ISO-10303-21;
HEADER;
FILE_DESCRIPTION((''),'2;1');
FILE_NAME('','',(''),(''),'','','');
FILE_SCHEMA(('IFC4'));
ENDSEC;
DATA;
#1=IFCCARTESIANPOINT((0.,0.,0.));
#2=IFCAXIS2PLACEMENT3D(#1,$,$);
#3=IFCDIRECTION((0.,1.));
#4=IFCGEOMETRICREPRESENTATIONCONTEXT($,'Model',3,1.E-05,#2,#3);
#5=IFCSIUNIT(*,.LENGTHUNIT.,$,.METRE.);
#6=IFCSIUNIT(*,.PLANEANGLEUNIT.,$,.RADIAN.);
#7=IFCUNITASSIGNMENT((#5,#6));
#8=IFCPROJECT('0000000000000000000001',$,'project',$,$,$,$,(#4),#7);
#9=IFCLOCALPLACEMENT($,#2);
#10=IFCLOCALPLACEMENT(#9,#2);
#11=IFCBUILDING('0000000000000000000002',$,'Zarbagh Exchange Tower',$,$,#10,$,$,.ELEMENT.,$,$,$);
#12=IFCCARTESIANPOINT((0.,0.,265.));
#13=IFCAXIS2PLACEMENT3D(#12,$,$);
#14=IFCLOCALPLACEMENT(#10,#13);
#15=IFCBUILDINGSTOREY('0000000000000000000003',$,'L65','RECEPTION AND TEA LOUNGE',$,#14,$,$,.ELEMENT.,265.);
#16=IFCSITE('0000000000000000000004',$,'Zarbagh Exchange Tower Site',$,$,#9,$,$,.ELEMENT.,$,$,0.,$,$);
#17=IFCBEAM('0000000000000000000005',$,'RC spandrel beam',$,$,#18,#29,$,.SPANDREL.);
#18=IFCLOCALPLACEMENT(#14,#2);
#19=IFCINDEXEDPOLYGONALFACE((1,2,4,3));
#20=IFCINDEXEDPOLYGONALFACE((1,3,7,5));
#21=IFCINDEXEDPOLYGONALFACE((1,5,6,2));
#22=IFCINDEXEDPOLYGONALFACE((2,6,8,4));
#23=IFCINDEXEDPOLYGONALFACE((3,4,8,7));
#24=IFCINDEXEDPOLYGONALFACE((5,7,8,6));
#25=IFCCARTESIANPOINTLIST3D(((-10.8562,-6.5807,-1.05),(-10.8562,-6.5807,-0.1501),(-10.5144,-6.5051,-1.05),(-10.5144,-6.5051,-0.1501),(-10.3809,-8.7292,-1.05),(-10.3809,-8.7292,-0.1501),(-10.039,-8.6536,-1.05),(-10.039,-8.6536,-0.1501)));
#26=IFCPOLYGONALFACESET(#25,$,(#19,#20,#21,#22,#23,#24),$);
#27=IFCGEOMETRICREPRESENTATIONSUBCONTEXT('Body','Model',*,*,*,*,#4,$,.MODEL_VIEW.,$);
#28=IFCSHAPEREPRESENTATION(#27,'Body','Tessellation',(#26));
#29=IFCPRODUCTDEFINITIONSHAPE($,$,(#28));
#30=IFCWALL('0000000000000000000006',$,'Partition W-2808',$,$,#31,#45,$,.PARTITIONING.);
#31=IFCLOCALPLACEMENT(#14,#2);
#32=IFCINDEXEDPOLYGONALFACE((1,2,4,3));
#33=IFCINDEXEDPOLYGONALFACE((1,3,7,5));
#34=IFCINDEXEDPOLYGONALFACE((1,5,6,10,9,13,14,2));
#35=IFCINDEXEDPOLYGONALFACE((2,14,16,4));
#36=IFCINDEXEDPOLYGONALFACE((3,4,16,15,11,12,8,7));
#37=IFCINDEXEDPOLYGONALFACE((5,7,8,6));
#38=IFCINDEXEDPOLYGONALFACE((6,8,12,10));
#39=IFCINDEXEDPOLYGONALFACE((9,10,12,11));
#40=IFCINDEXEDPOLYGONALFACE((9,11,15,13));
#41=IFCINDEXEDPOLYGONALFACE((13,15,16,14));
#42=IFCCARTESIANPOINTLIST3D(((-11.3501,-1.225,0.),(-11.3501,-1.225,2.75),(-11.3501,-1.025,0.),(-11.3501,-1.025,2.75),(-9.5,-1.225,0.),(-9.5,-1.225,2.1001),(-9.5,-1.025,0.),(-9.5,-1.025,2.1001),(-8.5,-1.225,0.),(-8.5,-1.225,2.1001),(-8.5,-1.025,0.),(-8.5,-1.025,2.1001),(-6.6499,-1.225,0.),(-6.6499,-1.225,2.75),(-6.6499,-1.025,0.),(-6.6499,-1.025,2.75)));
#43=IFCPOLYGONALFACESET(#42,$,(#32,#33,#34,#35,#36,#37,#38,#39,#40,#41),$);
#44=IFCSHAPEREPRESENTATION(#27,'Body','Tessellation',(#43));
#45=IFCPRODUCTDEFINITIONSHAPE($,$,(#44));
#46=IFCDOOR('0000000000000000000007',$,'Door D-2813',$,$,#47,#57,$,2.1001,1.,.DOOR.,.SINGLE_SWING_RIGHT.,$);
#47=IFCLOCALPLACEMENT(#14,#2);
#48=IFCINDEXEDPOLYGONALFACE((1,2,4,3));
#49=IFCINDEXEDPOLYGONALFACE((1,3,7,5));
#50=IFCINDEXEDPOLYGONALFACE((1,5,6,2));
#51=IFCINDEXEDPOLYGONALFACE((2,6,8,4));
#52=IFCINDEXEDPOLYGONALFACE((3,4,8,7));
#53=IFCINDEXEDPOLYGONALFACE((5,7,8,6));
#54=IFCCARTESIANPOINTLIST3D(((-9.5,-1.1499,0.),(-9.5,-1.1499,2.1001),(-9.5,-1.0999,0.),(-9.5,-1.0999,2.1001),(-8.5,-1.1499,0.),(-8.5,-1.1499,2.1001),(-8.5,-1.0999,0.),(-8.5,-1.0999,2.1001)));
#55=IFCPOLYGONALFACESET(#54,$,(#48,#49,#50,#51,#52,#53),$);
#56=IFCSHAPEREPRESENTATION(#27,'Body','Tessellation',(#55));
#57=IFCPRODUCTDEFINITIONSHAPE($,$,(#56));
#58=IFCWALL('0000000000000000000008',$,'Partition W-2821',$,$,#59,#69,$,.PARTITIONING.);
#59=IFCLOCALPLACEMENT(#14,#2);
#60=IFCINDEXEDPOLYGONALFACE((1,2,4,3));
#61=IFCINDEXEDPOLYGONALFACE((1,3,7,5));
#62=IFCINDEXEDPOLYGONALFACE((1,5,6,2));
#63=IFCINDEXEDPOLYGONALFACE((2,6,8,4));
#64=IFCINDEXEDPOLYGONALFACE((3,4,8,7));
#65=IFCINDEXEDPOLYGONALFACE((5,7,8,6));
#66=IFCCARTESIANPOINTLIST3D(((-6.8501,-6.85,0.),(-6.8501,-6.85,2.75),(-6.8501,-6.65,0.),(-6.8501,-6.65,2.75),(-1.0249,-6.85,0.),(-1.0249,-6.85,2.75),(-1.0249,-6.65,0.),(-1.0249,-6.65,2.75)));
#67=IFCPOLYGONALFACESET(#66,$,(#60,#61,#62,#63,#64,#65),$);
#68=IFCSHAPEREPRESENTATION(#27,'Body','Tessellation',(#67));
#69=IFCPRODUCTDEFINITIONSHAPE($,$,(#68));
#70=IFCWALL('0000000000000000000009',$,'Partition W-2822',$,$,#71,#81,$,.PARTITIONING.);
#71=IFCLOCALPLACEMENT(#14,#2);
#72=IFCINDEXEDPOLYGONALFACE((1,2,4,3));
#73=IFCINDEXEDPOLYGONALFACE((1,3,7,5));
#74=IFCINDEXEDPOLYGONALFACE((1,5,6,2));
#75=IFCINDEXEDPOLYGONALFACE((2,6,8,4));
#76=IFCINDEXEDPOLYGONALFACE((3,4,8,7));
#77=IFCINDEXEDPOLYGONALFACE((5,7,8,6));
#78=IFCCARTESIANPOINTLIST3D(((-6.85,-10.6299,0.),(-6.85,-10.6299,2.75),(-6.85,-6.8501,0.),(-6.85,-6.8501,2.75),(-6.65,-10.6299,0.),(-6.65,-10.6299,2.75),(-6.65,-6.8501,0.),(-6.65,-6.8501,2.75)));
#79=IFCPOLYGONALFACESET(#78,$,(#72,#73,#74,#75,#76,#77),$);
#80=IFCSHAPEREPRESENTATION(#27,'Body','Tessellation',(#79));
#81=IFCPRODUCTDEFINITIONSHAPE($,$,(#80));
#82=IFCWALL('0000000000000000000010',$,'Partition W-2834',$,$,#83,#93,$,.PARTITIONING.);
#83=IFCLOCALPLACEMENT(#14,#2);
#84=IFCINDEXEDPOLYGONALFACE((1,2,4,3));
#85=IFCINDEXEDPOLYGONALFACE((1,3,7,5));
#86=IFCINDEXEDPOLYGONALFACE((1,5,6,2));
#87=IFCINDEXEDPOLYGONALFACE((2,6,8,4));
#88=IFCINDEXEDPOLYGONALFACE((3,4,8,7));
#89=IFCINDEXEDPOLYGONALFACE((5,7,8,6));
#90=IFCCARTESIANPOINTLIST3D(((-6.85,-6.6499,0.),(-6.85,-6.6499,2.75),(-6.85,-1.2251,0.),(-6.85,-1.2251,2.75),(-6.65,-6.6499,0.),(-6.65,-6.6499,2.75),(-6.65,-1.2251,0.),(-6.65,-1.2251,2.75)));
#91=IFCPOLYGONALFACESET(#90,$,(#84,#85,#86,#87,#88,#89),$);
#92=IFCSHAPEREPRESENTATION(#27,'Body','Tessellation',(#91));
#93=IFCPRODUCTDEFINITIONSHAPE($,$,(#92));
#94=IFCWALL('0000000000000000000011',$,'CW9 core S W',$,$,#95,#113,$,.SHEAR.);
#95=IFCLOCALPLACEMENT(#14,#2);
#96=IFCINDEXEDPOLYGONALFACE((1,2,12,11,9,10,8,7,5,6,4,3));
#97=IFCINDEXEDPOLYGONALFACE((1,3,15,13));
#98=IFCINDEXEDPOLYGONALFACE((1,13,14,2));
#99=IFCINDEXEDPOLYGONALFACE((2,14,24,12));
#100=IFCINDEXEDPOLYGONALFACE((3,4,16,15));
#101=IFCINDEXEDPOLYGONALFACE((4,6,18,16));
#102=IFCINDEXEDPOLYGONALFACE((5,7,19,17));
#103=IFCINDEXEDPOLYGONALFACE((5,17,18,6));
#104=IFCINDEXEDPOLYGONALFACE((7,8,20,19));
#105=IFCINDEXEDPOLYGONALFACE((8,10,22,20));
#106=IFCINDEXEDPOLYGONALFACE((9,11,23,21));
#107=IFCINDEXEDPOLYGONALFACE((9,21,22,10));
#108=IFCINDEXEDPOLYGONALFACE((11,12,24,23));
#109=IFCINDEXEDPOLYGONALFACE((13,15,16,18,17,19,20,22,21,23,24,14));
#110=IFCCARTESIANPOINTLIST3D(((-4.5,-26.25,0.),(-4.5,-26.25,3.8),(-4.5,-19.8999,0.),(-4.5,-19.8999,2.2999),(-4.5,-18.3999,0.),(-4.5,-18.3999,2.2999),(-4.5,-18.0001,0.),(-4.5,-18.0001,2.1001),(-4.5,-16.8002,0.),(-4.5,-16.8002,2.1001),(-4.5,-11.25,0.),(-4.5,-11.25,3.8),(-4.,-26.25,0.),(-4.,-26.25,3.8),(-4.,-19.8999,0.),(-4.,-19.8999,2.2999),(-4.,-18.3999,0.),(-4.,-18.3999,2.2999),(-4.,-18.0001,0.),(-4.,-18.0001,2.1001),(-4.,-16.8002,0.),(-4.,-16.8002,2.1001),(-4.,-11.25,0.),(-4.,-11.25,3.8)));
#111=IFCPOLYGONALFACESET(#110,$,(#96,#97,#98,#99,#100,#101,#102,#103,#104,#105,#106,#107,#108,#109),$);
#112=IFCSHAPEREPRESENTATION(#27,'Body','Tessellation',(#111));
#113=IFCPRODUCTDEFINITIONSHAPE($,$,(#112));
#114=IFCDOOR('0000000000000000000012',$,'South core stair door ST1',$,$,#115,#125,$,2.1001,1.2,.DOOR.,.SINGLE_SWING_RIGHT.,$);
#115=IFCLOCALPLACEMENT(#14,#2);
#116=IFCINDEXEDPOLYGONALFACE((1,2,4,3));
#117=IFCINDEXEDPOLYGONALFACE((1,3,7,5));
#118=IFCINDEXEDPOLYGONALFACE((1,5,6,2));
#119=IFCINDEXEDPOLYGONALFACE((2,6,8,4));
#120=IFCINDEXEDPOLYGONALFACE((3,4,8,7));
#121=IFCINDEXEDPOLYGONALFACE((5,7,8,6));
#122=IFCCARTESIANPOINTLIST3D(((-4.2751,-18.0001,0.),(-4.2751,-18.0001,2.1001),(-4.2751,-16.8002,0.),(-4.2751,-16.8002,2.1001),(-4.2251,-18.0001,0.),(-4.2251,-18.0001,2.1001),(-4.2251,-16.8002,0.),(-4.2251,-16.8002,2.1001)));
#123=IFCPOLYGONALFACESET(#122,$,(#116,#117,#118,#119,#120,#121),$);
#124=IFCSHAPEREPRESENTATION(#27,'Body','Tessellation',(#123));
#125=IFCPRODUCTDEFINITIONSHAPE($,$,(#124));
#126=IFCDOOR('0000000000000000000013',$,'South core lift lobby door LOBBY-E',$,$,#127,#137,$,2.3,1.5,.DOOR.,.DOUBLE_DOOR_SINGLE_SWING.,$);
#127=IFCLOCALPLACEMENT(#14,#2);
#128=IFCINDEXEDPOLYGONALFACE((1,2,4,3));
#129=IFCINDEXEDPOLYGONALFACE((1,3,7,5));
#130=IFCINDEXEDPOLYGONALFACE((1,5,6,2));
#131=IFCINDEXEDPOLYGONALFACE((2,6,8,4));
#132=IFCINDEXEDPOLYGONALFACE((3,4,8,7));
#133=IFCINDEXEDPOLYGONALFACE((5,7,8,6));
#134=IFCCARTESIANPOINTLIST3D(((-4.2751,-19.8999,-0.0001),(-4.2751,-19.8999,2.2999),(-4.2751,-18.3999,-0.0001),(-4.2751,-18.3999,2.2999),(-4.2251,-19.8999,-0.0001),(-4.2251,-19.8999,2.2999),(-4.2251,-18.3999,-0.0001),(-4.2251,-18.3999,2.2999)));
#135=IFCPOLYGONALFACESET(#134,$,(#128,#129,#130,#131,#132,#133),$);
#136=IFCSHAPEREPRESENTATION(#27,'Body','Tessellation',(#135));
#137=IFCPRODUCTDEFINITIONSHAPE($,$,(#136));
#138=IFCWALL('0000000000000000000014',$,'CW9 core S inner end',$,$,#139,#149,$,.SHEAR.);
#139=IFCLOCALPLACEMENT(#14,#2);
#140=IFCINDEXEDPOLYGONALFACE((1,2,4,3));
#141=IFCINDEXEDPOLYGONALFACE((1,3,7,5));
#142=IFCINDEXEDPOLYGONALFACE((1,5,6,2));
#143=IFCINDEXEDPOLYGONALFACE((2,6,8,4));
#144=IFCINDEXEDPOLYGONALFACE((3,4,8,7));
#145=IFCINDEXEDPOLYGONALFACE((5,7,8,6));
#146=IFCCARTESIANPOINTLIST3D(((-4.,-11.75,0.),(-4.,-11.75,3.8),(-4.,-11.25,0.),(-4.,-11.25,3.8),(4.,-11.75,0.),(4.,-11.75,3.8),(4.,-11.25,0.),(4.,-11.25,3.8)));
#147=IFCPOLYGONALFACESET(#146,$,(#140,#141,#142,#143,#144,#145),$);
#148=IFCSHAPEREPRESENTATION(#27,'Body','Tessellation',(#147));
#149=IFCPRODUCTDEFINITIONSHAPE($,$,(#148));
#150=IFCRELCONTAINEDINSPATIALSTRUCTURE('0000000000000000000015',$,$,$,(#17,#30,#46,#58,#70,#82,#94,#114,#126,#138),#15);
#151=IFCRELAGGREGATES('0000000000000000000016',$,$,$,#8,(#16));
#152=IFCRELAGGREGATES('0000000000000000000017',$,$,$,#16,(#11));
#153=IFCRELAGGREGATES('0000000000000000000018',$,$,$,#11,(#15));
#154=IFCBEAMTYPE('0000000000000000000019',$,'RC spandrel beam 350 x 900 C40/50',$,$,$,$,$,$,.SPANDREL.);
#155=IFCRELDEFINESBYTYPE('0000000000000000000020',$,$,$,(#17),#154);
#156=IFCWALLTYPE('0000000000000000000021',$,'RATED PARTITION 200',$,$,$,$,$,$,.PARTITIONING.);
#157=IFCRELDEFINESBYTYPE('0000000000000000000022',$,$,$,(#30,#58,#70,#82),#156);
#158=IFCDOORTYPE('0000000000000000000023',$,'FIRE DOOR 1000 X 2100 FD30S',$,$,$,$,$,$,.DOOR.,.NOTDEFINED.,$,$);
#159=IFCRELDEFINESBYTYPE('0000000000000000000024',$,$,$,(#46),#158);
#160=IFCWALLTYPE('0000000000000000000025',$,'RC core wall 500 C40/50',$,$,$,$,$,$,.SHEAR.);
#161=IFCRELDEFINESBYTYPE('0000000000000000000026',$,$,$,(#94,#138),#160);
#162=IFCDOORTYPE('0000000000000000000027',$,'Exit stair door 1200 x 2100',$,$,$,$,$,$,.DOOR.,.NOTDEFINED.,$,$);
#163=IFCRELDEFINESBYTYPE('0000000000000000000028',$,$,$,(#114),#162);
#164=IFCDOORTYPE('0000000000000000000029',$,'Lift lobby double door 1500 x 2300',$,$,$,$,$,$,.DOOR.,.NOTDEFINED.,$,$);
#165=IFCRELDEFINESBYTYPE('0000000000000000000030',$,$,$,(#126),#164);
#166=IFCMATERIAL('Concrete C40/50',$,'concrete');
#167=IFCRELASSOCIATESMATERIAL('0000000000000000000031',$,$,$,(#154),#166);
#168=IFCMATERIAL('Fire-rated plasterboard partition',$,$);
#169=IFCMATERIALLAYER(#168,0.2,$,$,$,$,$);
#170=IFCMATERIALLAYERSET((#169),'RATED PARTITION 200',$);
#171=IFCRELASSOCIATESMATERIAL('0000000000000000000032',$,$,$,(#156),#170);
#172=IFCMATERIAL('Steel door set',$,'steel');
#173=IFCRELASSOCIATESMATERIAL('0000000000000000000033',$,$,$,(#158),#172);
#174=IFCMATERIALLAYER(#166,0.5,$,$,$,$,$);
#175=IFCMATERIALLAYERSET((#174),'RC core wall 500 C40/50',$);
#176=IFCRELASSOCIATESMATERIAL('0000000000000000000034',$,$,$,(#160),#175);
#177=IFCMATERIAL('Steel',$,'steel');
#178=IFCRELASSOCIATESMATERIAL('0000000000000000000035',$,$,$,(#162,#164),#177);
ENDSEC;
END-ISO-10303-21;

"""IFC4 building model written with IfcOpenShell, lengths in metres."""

from ifc_helpers import new_model, si_unit, direction, frame, frame_2d, origin, origin_2d, place, context, subcontext, project, spatial, rectangle, extrude, material, layer, layer_set, material_profile, profile_set, type_object, element, fill, save


model = new_model("IFC4")

# Units and contexts
model_context = context("Model", 3, precision=1e-05, world=origin(), true_north=direction((0.0, 1.0)))
body_context = subcontext(model_context, "Body", "Model", "MODEL_VIEW")
ifc_project = project(units=[si_unit("LENGTHUNIT", "METRE"), si_unit("PLANEANGLEUNIT", "RADIAN")], contexts=[model_context])

# Site, building, storey
site_placement = place(None, origin())
site = spatial("IfcSite", under=ifc_project, at=site_placement, Name="Zarbagh Exchange Tower Site", CompositionType="ELEMENT", RefElevation=0.0)
building_placement = place(site_placement, origin())
building = spatial("IfcBuilding", under=site, at=building_placement, Name="Zarbagh Exchange Tower", CompositionType="ELEMENT")
storey_placement = place(building_placement, frame((0.0, 0.0, 265.0)))
storey = spatial("IfcBuildingStorey", under=building, at=storey_placement, Name="L65", Description="RECEPTION AND TEA LOUNGE", CompositionType="ELEMENT", Elevation=265.0)

# Shared definitions
ifc_material_1 = material(Name="Concrete C40/50", Category="concrete")

# Beam
ifc_material_profile_1 = material_profile(ifc_material_1, rectangle(XDim=0.3501, YDim=0.8999, at=origin_2d()), Name="RC spandrel beam 350 x 900 C40/50")
ifc_profile_set_1 = profile_set([ifc_material_profile_1], Name="Concrete C40/50")
beam_type_1 = type_object("IfcBeamType", Name="RC spandrel beam 350 x 900 C40/50", PredefinedType="SPANDREL", material=ifc_profile_set_1)
beam_1_placement = place(storey_placement, frame((-10.21, -8.6914, -0.6001), z_axis=(-0.216026, 0.976388, 0.0), x_axis=(-0.976388, -0.216026, 0.0)))
element("IfcBeam", 1, at=beam_1_placement, inside=storey, type_object=beam_type_1, Name="RC spandrel beam", PredefinedType="SPANDREL", context=body_context, shape_type="SweptSolid", body=[
    extrude(rectangle(XDim=0.3501, YDim=0.8999, at=origin_2d()), origin(), (0.0, 0.0, 1.0), 2.2004),
])

# Wall, opening, door
ifc_material_2 = material(Name="Fire-rated plasterboard partition")
ifc_layer_1 = layer(ifc_material_2, 0.2)
ifc_layer_set_1 = layer_set([ifc_layer_1], Name="RATED PARTITION 200")
wall_type_1 = type_object("IfcWallType", Name="RATED PARTITION 200", PredefinedType="PARTITIONING", material=ifc_layer_set_1)
wall_1_placement = place(storey_placement, frame((-6.6499, -1.125, 0.0), z_axis=(0.0, 0.0, 1.0), x_axis=(-1.0, 0.0, 0.0)))
wall_1 = element("IfcWall", 2, at=wall_1_placement, inside=storey, type_object=wall_type_1, Name="Partition W-2808", PredefinedType="PARTITIONING", context=body_context, shape_type="SweptSolid", body=[
    extrude(rectangle(XDim=4.7002, YDim=0.2, at=frame_2d((2.3501, 0.0))), origin(), (0.0, 0.0, 1.0), 2.75),
])
opening_1_placement = place(wall_1_placement, frame((1.8501, 0.0, 0.0)))
opening_1 = element("IfcOpeningElement", 3, at=opening_1_placement, cuts=wall_1, PredefinedType="OPENING", context=body_context, shape_type="SweptSolid", body=[
    extrude(rectangle(XDim=1.0, YDim=2.1001, at=frame_2d((0.5, 1.05))), frame((0.0, 0.1099, 0.0), z_axis=(0.0, -1.0, 0.0), x_axis=(1.0, 0.0, 0.0)), (0.0, 0.0, 1.0), 0.22),
])
ifc_material_3 = material(Name="Steel door set", Category="steel")
door_type_1 = type_object("IfcDoorType", Name="FIRE DOOR 1000 X 2100 FD30S", OperationType="NOTDEFINED", PredefinedType="DOOR", material=ifc_material_3)
door_1_placement = place(opening_1_placement, origin())
door_1 = element("IfcDoor", 4, at=door_1_placement, inside=storey, type_object=door_type_1, Name="Door D-2813", OperationType="SINGLE_SWING_RIGHT", OverallHeight=2.1001, OverallWidth=1.0, PredefinedType="DOOR", context=body_context, shape_type="SweptSolid", body=[
    extrude(rectangle(XDim=1.0, YDim=2.1001, at=frame_2d((0.5, 1.05))), frame((0.0, 0.0249, 0.0), z_axis=(0.0, -1.0, 0.0), x_axis=(1.0, 0.0, 0.0)), (0.0, 0.0, 1.0), 0.05),
])
fill(opening_1, door_1)

# Walls
wall_2_placement = place(storey_placement, frame((-6.8501, -6.75, 0.0), z_axis=(0.0, 0.0, 1.0), x_axis=(1.0, 0.0, 0.0)))
element("IfcWall", 5, at=wall_2_placement, inside=storey, type_object=wall_type_1, Name="Partition W-2821", PredefinedType="PARTITIONING", context=body_context, shape_type="SweptSolid", body=[
    extrude(rectangle(XDim=5.8252, YDim=0.2, at=frame_2d((2.9126, 0.0))), origin(), (0.0, 0.0, 1.0), 2.75),
])
wall_3_placement = place(storey_placement, frame((-6.75, -10.6299, 0.0), z_axis=(0.0, 0.0, 1.0), x_axis=(0.0, 1.0, 0.0)))
element("IfcWall", 6, at=wall_3_placement, inside=storey, type_object=wall_type_1, Name="Partition W-2822", PredefinedType="PARTITIONING", context=body_context, shape_type="SweptSolid", body=[
    extrude(rectangle(XDim=3.7798, YDim=0.2, at=frame_2d((1.8899, 0.0))), origin(), (0.0, 0.0, 1.0), 2.75),
])
wall_4_placement = place(storey_placement, frame((-6.75, -6.6499, 0.0), z_axis=(0.0, 0.0, 1.0), x_axis=(0.0, 1.0, 0.0)))
element("IfcWall", 7, at=wall_4_placement, inside=storey, type_object=wall_type_1, Name="Partition W-2834", PredefinedType="PARTITIONING", context=body_context, shape_type="SweptSolid", body=[
    extrude(rectangle(XDim=5.4248, YDim=0.2, at=frame_2d((2.7124, 0.0))), origin(), (0.0, 0.0, 1.0), 2.75),
])

# Wall, openings, doors
ifc_layer_2 = layer(ifc_material_1, 0.5)
ifc_layer_set_2 = layer_set([ifc_layer_2], Name="RC core wall 500 C40/50")
wall_type_2 = type_object("IfcWallType", Name="RC core wall 500 C40/50", PredefinedType="SHEAR", material=ifc_layer_set_2)
wall_5_placement = place(storey_placement, frame((-4.25, -11.25, 0.0), z_axis=(0.0, 0.0, 1.0), x_axis=(0.0, -1.0, 0.0)))
wall_5 = element("IfcWall", 8, at=wall_5_placement, inside=storey, type_object=wall_type_2, Name="CW9 core S W", PredefinedType="SHEAR", context=body_context, shape_type="SweptSolid", body=[
    extrude(rectangle(XDim=15.0, YDim=0.5, at=frame_2d((7.5, 0.0))), origin(), (0.0, 0.0, 1.0), 3.8),
])
opening_2_placement = place(wall_5_placement, frame((7.1499, 0.0, 0.0)))
opening_2 = element("IfcOpeningElement", 9, at=opening_2_placement, cuts=wall_5, PredefinedType="OPENING", context=body_context, shape_type="SweptSolid", body=[
    extrude(rectangle(XDim=1.5, YDim=2.3, at=frame_2d((0.75, 1.1499))), frame((0.0, 0.26, 0.0), z_axis=(0.0, -1.0, 0.0), x_axis=(1.0, 0.0, 0.0)), (0.0, 0.0, 1.0), 0.52),
])
opening_3_placement = place(wall_5_placement, frame((5.55, 0.0, 0.0)))
opening_3 = element("IfcOpeningElement", 10, at=opening_3_placement, cuts=wall_5, PredefinedType="OPENING", context=body_context, shape_type="SweptSolid", body=[
    extrude(rectangle(XDim=1.2, YDim=2.1001, at=frame_2d((0.6001, 1.05))), frame((0.0, 0.26, 0.0), z_axis=(0.0, -1.0, 0.0), x_axis=(1.0, 0.0, 0.0)), (0.0, 0.0, 1.0), 0.52),
])
ifc_material_4 = material(Name="Steel", Category="steel")
door_type_2 = type_object("IfcDoorType", Name="Exit stair door 1200 x 2100", OperationType="NOTDEFINED", PredefinedType="DOOR", material=ifc_material_4)
door_2_placement = place(opening_3_placement, origin())
door_2 = element("IfcDoor", 11, at=door_2_placement, inside=storey, type_object=door_type_2, Name="South core stair door ST1", OperationType="SINGLE_SWING_RIGHT", OverallHeight=2.1001, OverallWidth=1.2, PredefinedType="DOOR", context=body_context, shape_type="SweptSolid", body=[
    extrude(rectangle(XDim=1.2, YDim=2.1001, at=frame_2d((0.6001, 1.05))), frame((0.0, 0.0249, 0.0), z_axis=(0.0, -1.0, 0.0), x_axis=(1.0, 0.0, 0.0)), (0.0, 0.0, 1.0), 0.05),
])
fill(opening_3, door_2)
door_type_3 = type_object("IfcDoorType", Name="Lift lobby double door 1500 x 2300", OperationType="NOTDEFINED", PredefinedType="DOOR", material=ifc_material_4)
door_3_placement = place(opening_2_placement, origin())
door_3 = element("IfcDoor", 12, at=door_3_placement, inside=storey, type_object=door_type_3, Name="South core lift lobby door LOBBY-E", OperationType="DOUBLE_DOOR_SINGLE_SWING", OverallHeight=2.3, OverallWidth=1.5, PredefinedType="DOOR", context=body_context, shape_type="SweptSolid", body=[
    extrude(rectangle(XDim=1.5, YDim=2.3, at=frame_2d((0.75, 1.1499))), frame((0.0, 0.0249, 0.0), z_axis=(0.0, -1.0, 0.0), x_axis=(1.0, 0.0, 0.0)), (0.0, 0.0, 1.0), 0.05),
])
fill(opening_2, door_3)

# Wall
wall_6_placement = place(storey_placement, frame((-4.0, -11.5, 0.0), z_axis=(0.0, 0.0, 1.0), x_axis=(1.0, 0.0, 0.0)))
element("IfcWall", 13, at=wall_6_placement, inside=storey, type_object=wall_type_2, Name="CW9 core S inner end", PredefinedType="SHEAR", context=body_context, shape_type="SweptSolid", body=[
    extrude(rectangle(XDim=8.0, YDim=0.5, at=frame_2d((4.0, 0.0))), origin(), (0.0, 0.0, 1.0), 3.8),
])

save(model, "model.ifc")
